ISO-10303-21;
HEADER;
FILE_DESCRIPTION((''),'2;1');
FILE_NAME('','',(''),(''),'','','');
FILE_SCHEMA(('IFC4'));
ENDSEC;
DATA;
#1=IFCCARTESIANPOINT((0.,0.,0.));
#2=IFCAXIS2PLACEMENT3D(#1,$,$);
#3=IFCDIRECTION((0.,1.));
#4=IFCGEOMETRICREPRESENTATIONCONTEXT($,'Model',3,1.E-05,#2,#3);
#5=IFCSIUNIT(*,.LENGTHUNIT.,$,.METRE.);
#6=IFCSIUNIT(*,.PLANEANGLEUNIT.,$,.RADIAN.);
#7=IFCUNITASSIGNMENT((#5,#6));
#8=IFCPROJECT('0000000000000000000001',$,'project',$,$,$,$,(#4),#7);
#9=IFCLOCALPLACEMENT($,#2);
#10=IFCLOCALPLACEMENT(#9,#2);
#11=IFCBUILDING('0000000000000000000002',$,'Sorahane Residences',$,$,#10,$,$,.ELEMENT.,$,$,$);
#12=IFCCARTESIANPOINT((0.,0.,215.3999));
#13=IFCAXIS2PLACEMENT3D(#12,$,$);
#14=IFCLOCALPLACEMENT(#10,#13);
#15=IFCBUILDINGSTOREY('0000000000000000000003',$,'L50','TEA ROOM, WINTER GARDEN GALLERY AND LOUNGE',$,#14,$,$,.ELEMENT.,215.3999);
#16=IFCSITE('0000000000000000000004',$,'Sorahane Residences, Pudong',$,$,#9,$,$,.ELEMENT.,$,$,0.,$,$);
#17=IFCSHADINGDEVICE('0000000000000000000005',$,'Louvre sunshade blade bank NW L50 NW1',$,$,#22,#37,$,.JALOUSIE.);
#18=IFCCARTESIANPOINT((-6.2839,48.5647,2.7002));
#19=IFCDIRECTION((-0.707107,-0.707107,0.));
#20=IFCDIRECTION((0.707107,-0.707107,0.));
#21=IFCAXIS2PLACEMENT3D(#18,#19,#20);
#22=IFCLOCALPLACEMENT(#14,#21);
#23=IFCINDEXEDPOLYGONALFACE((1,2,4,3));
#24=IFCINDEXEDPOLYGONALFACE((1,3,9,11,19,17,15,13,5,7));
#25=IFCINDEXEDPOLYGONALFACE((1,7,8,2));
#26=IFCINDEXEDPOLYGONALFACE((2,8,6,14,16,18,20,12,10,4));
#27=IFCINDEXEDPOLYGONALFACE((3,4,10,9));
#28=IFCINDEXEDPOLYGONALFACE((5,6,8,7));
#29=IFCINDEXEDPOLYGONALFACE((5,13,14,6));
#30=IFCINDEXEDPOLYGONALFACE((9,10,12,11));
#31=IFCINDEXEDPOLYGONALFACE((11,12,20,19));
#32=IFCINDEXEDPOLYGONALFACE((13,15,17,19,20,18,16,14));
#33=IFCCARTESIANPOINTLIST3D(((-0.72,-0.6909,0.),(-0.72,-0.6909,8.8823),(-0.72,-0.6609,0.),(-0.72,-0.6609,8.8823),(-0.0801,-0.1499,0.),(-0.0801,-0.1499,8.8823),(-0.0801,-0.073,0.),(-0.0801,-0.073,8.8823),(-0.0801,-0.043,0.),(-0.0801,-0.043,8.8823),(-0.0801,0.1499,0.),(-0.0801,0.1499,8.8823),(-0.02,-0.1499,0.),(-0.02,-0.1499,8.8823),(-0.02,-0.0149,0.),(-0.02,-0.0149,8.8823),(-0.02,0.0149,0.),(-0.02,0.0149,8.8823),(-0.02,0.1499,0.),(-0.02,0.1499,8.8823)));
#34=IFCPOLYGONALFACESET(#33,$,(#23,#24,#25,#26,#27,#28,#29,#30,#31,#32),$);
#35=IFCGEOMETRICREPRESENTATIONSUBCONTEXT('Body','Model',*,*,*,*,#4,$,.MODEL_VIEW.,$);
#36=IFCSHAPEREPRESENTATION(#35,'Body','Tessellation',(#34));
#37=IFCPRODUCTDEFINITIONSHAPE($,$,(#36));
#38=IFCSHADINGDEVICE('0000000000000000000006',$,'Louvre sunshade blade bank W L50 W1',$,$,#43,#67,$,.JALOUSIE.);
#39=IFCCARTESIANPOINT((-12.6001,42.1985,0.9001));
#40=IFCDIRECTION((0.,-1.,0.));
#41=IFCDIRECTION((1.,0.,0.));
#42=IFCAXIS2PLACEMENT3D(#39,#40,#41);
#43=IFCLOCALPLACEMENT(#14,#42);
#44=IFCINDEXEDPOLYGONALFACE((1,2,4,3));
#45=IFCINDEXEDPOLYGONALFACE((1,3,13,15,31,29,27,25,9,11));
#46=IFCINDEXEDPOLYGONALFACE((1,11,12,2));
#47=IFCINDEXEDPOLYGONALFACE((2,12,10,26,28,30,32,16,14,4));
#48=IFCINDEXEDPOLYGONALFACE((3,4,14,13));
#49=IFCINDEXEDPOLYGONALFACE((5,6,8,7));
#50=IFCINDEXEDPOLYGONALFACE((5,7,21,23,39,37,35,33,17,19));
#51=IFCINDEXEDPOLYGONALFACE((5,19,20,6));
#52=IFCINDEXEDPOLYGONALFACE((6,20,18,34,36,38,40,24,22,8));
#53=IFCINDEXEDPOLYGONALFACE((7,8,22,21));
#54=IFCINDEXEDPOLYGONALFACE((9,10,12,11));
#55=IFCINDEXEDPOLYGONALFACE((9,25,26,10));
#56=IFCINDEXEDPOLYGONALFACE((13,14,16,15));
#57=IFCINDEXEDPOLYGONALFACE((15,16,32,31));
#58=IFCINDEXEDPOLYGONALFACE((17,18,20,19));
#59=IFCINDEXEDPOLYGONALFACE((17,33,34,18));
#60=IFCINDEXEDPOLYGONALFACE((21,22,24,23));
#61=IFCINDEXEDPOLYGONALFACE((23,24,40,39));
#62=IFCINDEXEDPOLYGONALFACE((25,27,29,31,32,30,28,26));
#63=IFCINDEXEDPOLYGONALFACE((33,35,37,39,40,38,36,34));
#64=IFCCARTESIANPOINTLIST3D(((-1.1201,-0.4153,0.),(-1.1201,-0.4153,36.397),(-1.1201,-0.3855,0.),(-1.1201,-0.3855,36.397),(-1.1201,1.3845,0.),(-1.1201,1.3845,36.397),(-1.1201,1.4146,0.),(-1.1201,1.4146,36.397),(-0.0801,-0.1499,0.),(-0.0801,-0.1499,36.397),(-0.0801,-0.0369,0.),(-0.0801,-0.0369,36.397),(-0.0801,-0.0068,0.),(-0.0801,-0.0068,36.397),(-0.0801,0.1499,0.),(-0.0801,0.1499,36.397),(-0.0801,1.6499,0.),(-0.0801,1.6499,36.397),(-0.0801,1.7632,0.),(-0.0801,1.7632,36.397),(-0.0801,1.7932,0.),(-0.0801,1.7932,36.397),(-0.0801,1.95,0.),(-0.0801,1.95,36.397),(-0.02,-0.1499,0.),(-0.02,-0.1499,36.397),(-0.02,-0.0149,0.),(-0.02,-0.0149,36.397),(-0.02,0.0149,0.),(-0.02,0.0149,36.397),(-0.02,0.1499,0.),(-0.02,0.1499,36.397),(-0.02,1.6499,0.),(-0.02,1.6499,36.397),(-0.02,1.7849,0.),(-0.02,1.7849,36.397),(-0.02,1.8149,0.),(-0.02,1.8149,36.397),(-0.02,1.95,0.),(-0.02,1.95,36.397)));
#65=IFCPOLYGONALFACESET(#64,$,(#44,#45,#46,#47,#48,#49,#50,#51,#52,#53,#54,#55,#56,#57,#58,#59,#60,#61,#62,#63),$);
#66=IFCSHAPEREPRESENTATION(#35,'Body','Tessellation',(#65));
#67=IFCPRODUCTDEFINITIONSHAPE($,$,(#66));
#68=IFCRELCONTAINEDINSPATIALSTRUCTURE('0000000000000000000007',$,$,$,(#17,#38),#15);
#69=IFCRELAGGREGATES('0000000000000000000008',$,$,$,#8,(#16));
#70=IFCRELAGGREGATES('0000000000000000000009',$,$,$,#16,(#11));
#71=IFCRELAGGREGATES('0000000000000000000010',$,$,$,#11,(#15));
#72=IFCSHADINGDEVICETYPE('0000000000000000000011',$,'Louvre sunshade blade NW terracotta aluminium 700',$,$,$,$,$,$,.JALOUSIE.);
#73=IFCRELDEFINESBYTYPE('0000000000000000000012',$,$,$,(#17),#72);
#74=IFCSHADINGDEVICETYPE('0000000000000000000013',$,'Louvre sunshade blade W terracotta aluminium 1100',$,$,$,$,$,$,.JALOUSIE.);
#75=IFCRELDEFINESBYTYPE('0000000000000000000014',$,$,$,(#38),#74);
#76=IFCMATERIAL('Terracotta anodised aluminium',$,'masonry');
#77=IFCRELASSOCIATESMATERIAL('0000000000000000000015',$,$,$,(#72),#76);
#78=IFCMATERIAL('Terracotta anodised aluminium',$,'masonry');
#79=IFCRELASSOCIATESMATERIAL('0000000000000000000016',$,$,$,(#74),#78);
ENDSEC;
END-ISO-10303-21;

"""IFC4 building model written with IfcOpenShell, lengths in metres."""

from ifc_helpers import new_model, si_unit, direction, frame, origin, place, context, subcontext, project, spatial, polyline, outline, composite_profile, extrude, material, type_object, element, save


model = new_model("IFC4")

# Units and contexts
model_context = context("Model", 3, precision=1e-05, world=origin(), true_north=direction((0.0, 1.0)))
body_context = subcontext(model_context, "Body", "Model", "MODEL_VIEW")
ifc_project = project(units=[si_unit("LENGTHUNIT", "METRE"), si_unit("PLANEANGLEUNIT", "RADIAN")], contexts=[model_context])

# Site, building, storey
site_placement = place(None, origin())
site = spatial("IfcSite", under=ifc_project, at=site_placement, Name="Sorahane Residences, Pudong", CompositionType="ELEMENT", RefElevation=0.0)
building_placement = place(site_placement, origin())
building = spatial("IfcBuilding", under=site, at=building_placement, Name="Sorahane Residences", CompositionType="ELEMENT")
storey_placement = place(building_placement, frame((0.0, 0.0, 215.3999)))
storey = spatial("IfcBuildingStorey", under=building, at=storey_placement, Name="L50", Description="TEA ROOM, WINTER GARDEN GALLERY AND LOUNGE", CompositionType="ELEMENT", Elevation=215.3999)

# Shading devices
ifc_material_1 = material(Name="Terracotta anodised aluminium", Category="masonry")
shading_device_type_1 = type_object("IfcShadingDeviceType", Name="Louvre sunshade blade NW terracotta aluminium 700", PredefinedType="JALOUSIE", material=ifc_material_1)
shading_device_1_placement = place(storey_placement, frame((-6.2839, 48.5647, 2.7002), z_axis=(-0.707107, -0.707107, 0.0), x_axis=(0.707107, -0.707107, 0.0)))
element("IfcShadingDevice", 1, at=shading_device_1_placement, inside=storey, type_object=shading_device_type_1, Name="Louvre sunshade blade bank NW L50 NW1", PredefinedType="JALOUSIE", context=body_context, shape_type="SweptSolid", body=[
    extrude(outline(polyline([(-0.72, -0.6609), (-0.72, -0.6909), (-0.0801, -0.073), (-0.0801, -0.1499), (-0.02, -0.1499), (-0.02, -0.0149), (-0.02, 0.0149), (-0.02, 0.1499), (-0.0801, 0.1499), (-0.0801, -0.043), (-0.72, -0.6609)])), origin(), (0.0, 0.0, 1.0), 8.8823),
])
ifc_material_2 = material(Name="Terracotta anodised aluminium", Category="masonry")
shading_device_type_2 = type_object("IfcShadingDeviceType", Name="Louvre sunshade blade W terracotta aluminium 1100", PredefinedType="JALOUSIE", material=ifc_material_2)
shading_device_2_placement = place(storey_placement, frame((-12.6001, 42.1985, 0.9001), z_axis=(0.0, -1.0, 0.0), x_axis=(1.0, 0.0, 0.0)))
element("IfcShadingDevice", 2, at=shading_device_2_placement, inside=storey, type_object=shading_device_type_2, Name="Louvre sunshade blade bank W L50 W1", PredefinedType="JALOUSIE", context=body_context, shape_type="SweptSolid", body=[
    extrude(composite_profile([outline(polyline([(-1.1201, -0.3855), (-1.1201, -0.4153), (-0.0801, -0.0369), (-0.0801, -0.1499), (-0.02, -0.1499), (-0.02, -0.0149), (-0.02, 0.0149), (-0.02, 0.1499), (-0.0801, 0.1499), (-0.0801, -0.0068), (-1.1201, -0.3855)])), outline(polyline([(-1.1201, 1.4146), (-1.1201, 1.3845), (-0.0801, 1.7632), (-0.0801, 1.6499), (-0.02, 1.6499), (-0.02, 1.7849), (-0.02, 1.8149), (-0.02, 1.95), (-0.0801, 1.95), (-0.0801, 1.7932), (-1.1201, 1.4146)]))]), origin(), (0.0, 0.0, 1.0), 36.397),
])

save(model, "model.ifc")
